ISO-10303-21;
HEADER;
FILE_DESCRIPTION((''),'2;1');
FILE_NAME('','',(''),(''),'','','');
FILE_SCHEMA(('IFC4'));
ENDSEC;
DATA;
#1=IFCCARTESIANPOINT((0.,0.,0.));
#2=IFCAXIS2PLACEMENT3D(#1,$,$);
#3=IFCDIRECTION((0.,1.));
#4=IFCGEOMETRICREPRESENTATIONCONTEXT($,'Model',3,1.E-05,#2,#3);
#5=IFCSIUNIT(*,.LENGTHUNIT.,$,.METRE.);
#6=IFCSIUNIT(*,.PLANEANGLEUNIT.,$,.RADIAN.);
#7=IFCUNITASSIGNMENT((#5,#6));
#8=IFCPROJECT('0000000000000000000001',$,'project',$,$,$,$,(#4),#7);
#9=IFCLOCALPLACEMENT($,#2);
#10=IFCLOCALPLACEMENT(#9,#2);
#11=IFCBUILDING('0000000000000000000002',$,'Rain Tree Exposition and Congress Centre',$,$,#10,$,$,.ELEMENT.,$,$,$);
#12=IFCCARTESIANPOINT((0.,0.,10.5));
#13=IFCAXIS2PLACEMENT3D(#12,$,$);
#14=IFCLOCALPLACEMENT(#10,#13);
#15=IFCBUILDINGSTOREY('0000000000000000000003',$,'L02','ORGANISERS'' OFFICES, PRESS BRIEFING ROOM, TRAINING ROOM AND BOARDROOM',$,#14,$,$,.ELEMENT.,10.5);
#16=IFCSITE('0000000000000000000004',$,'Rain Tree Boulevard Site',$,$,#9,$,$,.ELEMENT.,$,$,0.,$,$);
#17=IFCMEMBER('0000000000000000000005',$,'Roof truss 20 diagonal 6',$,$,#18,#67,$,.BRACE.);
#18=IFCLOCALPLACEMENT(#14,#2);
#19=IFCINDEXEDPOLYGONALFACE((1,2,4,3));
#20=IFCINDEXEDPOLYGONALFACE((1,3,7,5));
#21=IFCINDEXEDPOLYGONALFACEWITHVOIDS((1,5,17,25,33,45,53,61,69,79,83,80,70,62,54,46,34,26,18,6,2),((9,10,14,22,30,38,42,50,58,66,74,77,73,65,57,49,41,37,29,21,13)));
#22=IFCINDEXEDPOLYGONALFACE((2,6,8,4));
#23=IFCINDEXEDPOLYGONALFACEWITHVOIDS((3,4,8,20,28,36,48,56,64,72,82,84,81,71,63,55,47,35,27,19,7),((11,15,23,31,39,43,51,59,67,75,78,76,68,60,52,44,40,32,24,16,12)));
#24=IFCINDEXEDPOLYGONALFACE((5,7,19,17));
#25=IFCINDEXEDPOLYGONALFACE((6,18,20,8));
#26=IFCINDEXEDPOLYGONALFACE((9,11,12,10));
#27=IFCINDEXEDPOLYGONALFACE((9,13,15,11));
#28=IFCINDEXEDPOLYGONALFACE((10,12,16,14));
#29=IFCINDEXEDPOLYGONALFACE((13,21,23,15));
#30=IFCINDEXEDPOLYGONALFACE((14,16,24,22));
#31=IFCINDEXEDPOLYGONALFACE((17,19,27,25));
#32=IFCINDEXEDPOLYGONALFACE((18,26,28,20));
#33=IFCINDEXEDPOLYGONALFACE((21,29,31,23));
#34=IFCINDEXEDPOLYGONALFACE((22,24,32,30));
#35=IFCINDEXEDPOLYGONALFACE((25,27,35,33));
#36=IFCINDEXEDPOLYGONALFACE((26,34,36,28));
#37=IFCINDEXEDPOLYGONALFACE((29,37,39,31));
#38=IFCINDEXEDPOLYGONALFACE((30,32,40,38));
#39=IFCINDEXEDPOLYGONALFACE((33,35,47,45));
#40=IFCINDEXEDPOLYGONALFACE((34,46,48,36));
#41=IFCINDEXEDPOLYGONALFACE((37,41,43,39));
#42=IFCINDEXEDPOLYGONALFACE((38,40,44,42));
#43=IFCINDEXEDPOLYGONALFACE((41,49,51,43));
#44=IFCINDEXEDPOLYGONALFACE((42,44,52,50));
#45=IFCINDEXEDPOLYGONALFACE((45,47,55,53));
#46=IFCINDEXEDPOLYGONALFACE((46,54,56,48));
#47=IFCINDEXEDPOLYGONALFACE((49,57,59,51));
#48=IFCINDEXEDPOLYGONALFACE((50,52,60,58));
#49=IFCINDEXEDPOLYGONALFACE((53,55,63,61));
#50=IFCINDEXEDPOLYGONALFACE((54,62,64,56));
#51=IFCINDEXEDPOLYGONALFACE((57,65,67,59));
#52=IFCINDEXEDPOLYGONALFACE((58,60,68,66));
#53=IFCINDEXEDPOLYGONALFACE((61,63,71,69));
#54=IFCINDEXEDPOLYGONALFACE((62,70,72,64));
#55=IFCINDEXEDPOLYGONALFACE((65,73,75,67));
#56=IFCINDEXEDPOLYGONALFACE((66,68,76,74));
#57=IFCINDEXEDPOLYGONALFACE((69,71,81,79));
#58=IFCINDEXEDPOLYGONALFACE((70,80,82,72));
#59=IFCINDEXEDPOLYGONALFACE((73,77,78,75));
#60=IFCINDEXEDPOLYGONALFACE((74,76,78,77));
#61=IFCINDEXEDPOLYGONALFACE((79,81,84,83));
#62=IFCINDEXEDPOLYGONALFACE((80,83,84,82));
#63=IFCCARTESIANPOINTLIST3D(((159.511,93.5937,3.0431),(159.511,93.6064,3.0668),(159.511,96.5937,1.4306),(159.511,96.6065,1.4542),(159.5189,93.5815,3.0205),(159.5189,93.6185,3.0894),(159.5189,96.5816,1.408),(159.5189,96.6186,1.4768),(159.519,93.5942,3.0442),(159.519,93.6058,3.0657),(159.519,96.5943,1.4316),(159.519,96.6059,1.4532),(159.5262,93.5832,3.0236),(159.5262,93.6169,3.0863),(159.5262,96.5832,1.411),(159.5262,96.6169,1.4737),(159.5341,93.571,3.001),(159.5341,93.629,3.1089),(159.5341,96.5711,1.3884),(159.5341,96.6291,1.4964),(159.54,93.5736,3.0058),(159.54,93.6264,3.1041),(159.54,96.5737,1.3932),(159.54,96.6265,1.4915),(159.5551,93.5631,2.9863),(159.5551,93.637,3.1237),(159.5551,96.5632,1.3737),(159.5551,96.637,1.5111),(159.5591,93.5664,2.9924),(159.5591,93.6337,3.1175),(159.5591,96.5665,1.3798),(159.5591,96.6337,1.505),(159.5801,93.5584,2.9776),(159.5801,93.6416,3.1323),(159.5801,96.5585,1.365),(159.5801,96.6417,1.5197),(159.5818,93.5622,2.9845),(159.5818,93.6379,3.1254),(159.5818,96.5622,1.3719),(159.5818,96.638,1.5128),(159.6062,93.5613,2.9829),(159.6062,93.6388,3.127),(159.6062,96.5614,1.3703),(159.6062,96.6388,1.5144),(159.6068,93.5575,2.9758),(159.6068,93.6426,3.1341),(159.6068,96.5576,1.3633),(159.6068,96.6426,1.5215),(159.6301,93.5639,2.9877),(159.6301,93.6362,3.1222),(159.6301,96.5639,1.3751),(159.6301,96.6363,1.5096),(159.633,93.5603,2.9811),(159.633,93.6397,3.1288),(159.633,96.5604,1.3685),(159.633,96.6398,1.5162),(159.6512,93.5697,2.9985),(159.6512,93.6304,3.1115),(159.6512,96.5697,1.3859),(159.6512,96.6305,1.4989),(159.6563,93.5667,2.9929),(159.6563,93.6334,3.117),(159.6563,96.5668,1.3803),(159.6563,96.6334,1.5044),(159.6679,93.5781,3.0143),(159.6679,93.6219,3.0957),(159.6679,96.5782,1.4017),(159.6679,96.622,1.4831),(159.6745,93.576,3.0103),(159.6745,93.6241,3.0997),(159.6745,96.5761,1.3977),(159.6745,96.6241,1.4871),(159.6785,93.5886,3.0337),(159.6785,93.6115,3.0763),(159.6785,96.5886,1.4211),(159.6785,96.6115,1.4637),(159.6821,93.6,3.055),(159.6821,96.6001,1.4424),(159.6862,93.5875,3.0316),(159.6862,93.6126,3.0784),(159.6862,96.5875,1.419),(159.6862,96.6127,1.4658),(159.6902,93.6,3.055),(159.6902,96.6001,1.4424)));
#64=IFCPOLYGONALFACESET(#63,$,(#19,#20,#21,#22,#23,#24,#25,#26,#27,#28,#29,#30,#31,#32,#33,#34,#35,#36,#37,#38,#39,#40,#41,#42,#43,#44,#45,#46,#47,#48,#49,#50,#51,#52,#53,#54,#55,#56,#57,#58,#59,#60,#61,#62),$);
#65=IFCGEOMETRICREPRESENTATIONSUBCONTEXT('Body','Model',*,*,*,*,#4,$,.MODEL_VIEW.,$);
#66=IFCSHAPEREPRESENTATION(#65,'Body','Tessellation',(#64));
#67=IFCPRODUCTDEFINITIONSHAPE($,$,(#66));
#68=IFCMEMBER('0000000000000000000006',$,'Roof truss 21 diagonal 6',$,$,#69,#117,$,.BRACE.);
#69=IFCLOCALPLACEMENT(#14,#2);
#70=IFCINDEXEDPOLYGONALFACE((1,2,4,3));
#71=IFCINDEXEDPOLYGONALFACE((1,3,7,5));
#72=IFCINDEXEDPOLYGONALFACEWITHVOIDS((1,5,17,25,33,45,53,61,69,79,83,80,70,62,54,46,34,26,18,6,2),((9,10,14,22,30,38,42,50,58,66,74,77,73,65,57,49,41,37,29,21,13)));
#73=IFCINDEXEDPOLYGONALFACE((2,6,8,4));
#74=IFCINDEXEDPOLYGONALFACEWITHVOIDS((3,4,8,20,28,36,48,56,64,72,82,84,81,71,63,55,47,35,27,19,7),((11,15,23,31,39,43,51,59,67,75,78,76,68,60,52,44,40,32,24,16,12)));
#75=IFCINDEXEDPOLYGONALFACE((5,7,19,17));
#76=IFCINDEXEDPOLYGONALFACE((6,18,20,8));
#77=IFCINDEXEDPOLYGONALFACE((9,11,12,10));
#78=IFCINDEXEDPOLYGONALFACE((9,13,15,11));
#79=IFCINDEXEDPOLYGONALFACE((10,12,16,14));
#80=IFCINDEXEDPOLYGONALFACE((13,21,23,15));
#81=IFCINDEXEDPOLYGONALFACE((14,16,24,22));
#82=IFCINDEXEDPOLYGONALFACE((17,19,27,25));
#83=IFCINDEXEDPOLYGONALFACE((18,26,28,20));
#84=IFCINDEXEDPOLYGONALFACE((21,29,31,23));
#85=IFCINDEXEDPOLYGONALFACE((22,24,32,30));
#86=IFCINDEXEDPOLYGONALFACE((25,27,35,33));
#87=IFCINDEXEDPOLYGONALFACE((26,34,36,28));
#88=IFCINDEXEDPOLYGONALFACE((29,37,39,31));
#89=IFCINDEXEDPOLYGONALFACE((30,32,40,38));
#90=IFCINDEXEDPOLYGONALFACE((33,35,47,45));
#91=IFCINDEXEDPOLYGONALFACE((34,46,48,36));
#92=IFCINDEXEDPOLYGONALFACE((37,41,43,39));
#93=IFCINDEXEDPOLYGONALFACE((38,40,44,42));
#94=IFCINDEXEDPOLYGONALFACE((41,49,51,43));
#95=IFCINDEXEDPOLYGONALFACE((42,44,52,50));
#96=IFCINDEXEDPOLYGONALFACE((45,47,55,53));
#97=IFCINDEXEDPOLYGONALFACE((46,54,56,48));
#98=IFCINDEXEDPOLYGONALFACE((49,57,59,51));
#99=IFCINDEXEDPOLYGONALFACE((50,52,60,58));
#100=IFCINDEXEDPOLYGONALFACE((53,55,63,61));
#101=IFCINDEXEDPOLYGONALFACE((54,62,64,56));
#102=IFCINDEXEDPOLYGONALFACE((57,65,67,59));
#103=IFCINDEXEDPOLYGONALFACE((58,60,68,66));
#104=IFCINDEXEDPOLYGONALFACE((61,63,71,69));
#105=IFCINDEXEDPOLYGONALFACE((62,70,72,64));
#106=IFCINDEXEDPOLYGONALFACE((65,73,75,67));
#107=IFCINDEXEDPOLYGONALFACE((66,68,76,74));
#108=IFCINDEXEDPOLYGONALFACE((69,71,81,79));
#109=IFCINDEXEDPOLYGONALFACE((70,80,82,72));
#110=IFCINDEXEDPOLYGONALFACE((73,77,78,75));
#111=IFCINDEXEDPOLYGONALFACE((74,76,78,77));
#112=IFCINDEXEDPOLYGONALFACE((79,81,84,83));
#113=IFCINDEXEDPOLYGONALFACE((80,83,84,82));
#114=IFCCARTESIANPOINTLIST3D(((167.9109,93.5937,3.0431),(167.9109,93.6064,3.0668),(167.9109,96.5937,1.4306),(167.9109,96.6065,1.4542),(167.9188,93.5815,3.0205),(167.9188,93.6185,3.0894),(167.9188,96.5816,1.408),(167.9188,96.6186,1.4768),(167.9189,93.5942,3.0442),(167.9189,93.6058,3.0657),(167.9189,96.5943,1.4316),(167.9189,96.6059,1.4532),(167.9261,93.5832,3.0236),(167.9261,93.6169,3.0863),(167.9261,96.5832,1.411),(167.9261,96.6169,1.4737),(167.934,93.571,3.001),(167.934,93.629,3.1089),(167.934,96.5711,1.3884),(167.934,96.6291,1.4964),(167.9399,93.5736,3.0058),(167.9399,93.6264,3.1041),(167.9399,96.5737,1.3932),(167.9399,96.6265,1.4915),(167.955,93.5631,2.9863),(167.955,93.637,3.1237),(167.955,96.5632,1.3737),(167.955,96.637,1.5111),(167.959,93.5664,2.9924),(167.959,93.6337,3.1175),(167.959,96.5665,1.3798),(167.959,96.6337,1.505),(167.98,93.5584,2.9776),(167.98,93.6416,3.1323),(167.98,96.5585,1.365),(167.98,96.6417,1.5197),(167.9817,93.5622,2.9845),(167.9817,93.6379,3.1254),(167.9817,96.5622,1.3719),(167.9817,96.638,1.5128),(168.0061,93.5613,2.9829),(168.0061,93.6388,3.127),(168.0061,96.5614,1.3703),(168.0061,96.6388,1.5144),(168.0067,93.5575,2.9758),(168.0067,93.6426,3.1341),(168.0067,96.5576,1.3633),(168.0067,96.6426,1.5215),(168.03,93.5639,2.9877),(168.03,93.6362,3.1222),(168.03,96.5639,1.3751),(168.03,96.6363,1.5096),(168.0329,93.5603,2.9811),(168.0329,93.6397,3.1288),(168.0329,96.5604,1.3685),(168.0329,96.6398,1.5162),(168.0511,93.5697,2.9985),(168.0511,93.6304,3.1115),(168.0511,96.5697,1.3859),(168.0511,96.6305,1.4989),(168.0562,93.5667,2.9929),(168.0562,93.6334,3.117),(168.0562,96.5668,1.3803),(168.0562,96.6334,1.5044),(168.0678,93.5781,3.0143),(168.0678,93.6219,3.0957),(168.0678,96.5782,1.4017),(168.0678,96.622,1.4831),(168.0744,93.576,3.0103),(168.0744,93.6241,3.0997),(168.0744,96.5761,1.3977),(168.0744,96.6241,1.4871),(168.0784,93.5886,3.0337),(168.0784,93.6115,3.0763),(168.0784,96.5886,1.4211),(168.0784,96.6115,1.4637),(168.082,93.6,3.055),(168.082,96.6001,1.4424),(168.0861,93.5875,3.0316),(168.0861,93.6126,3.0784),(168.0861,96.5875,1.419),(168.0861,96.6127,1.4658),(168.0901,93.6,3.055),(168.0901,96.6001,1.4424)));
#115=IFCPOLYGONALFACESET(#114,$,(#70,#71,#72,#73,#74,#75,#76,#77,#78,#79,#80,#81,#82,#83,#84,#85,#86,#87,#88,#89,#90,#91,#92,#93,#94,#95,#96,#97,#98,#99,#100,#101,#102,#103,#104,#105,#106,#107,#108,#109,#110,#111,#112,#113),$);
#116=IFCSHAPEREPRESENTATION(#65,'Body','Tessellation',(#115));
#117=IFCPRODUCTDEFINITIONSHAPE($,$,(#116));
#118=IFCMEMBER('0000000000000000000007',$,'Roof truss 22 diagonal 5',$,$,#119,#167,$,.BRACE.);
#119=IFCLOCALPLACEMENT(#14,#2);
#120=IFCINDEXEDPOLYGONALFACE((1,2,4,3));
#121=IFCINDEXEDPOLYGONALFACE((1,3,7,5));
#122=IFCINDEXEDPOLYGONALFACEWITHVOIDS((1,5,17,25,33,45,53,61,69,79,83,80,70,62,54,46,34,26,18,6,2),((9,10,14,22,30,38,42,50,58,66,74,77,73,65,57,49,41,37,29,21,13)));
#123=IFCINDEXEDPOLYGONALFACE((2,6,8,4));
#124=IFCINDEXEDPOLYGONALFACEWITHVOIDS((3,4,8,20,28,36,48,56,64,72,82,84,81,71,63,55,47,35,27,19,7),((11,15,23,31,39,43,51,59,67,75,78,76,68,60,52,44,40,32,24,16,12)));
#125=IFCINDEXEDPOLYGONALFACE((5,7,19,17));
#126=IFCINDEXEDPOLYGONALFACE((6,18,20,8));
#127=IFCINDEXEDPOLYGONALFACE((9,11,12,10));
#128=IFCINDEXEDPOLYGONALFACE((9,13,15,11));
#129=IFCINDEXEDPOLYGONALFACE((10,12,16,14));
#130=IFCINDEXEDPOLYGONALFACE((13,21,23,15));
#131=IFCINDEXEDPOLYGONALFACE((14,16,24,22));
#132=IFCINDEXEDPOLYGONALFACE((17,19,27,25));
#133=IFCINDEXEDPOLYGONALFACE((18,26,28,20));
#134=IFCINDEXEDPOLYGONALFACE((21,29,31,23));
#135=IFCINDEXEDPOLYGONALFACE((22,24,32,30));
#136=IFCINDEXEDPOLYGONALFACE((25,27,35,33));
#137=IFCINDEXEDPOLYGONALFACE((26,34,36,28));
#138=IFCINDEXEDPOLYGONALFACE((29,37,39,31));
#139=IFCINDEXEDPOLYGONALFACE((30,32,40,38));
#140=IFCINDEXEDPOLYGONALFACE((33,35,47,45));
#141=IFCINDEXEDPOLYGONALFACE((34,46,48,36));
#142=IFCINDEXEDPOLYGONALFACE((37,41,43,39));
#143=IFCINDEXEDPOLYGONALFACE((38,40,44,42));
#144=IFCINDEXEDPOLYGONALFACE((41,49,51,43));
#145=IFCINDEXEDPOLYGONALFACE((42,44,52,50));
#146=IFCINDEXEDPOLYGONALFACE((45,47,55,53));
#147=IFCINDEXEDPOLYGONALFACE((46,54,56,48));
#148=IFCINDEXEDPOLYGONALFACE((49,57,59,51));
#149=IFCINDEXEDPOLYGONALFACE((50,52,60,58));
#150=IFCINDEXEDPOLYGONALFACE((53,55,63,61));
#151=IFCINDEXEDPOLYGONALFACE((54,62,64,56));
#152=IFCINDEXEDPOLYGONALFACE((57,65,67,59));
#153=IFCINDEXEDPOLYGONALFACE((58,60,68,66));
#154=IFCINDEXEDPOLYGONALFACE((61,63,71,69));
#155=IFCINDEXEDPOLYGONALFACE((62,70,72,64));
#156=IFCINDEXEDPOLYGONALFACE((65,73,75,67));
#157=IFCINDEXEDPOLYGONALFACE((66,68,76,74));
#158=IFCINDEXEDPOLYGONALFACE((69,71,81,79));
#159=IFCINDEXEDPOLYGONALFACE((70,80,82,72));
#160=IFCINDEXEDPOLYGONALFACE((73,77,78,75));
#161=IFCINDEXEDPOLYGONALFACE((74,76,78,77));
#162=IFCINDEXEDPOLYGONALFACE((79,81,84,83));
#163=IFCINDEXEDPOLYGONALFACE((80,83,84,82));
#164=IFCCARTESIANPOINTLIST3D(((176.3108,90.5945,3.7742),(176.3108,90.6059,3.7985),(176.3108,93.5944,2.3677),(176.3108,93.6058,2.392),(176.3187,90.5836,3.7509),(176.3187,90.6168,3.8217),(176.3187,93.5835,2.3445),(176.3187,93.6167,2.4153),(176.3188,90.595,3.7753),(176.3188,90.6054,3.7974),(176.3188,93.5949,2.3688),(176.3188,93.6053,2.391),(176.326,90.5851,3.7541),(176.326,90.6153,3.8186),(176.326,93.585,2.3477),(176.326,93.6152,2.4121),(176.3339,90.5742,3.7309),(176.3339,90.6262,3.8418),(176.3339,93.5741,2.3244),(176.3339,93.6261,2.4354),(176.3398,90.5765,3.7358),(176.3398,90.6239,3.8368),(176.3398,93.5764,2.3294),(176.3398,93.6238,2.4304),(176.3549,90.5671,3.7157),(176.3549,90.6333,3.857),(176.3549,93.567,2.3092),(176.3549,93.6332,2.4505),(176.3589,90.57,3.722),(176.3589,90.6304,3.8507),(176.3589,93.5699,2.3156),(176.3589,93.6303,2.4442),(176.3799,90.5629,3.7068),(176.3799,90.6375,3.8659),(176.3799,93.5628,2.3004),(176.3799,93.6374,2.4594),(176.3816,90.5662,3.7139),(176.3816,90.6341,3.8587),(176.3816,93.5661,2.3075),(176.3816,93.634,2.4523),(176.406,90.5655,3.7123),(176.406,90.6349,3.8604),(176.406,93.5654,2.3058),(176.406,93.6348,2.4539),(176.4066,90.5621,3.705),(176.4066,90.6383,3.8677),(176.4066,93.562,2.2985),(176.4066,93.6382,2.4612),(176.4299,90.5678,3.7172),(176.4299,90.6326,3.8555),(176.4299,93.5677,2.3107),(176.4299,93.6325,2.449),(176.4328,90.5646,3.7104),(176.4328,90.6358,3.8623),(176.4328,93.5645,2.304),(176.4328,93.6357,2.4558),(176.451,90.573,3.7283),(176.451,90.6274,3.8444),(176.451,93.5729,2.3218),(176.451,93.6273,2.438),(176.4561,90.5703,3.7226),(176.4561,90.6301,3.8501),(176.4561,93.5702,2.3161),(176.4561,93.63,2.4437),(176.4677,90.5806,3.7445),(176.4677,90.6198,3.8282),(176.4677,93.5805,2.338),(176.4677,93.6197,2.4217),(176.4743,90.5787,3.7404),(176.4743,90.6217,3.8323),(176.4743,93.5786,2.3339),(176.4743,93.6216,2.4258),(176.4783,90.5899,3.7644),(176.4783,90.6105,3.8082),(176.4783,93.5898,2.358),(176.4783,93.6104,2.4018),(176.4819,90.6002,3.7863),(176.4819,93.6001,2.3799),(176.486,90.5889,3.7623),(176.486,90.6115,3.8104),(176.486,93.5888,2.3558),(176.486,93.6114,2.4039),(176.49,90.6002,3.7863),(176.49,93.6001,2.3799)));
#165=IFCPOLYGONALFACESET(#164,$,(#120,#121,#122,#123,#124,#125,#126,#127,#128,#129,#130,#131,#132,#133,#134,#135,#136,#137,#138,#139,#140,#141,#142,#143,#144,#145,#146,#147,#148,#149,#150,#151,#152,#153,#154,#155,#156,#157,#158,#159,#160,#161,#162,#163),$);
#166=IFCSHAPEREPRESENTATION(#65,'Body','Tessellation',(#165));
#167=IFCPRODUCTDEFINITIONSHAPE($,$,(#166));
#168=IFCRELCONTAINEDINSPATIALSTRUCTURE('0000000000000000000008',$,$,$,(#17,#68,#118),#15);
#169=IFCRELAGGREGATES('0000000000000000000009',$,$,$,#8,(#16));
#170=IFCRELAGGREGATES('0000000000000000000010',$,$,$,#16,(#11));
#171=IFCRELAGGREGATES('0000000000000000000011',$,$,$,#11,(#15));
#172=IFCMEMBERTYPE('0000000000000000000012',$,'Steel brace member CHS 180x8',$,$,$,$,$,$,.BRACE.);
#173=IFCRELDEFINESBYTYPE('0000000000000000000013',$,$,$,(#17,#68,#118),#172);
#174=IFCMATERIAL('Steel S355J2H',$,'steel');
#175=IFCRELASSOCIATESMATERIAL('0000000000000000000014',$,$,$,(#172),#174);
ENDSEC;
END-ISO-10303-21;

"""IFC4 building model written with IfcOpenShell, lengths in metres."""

from ifc_helpers import new_model, si_unit, direction, frame, origin, origin_2d, place, context, subcontext, project, spatial, hollow_circle, extrude, material, material_profile, profile_set, type_object, element, save


model = new_model("IFC4")

# Units and contexts
model_context = context("Model", 3, precision=1e-05, world=origin(), true_north=direction((0.0, 1.0)))
body_context = subcontext(model_context, "Body", "Model", "MODEL_VIEW")
ifc_project = project(units=[si_unit("LENGTHUNIT", "METRE"), si_unit("PLANEANGLEUNIT", "RADIAN")], contexts=[model_context])

# Site, building, storey
site_placement = place(None, origin())
site = spatial("IfcSite", under=ifc_project, at=site_placement, Name="Rain Tree Boulevard Site", CompositionType="ELEMENT", RefElevation=0.0)
building_placement = place(site_placement, origin())
building = spatial("IfcBuilding", under=site, at=building_placement, Name="Rain Tree Exposition and Congress Centre", CompositionType="ELEMENT")
storey_placement = place(building_placement, frame((0.0, 0.0, 10.5)))
storey = spatial("IfcBuildingStorey", under=building, at=storey_placement, Name="L02", Description="ORGANISERS' OFFICES, PRESS BRIEFING ROOM, TRAINING ROOM AND BOARDROOM", CompositionType="ELEMENT", Elevation=10.5)

# Members
ifc_material_1 = material(Name="Steel S355J2H", Category="steel")
ifc_material_profile_1 = material_profile(ifc_material_1, hollow_circle(Radius=0.0901, WallThickness=0.0081, at=origin_2d()), Name="CHS 180x8")
ifc_profile_set_1 = profile_set([ifc_material_profile_1], Name="Steel S355J2H")
member_type_1 = type_object("IfcMemberType", Name="Steel brace member CHS 180x8", PredefinedType="BRACE", material=ifc_profile_set_1)
for number, where, z_axis, x_axis, name in (
    (1, (159.6001, 96.6001, 1.4424), (0.0, -0.880818, 0.473454), (1.0, 0.0, 0.0), "Roof truss 20 diagonal 6"),
    (2, (168.0, 96.6001, 1.4424), (0.0, -0.880818, 0.473454), (1.0, 0.0, 0.0), "Roof truss 21 diagonal 6"),
):
    element("IfcMember", number, at=place(storey_placement, frame(where, z_axis=z_axis, x_axis=x_axis)), inside=storey, type_object=member_type_1, Name=name, PredefinedType="BRACE", context=body_context, shape_type="SweptSolid", body=[
        extrude(hollow_circle(Radius=0.0901, WallThickness=0.0081, at=origin_2d()), origin(), (0.0, 0.0, 1.0), 3.406),
    ])
member_1_placement = place(storey_placement, frame((176.3999, 93.6001, 2.3799), z_axis=(0.0, -0.905431, 0.424494), x_axis=(1.0, 0.0, 0.0)))
element("IfcMember", 3, at=member_1_placement, inside=storey, type_object=member_type_1, Name="Roof truss 22 diagonal 5", PredefinedType="BRACE", context=body_context, shape_type="SweptSolid", body=[
    extrude(hollow_circle(Radius=0.0901, WallThickness=0.0081, at=origin_2d()), origin(), (0.0, 0.0, 1.0), 3.3132),
])

save(model, "model.ifc")
